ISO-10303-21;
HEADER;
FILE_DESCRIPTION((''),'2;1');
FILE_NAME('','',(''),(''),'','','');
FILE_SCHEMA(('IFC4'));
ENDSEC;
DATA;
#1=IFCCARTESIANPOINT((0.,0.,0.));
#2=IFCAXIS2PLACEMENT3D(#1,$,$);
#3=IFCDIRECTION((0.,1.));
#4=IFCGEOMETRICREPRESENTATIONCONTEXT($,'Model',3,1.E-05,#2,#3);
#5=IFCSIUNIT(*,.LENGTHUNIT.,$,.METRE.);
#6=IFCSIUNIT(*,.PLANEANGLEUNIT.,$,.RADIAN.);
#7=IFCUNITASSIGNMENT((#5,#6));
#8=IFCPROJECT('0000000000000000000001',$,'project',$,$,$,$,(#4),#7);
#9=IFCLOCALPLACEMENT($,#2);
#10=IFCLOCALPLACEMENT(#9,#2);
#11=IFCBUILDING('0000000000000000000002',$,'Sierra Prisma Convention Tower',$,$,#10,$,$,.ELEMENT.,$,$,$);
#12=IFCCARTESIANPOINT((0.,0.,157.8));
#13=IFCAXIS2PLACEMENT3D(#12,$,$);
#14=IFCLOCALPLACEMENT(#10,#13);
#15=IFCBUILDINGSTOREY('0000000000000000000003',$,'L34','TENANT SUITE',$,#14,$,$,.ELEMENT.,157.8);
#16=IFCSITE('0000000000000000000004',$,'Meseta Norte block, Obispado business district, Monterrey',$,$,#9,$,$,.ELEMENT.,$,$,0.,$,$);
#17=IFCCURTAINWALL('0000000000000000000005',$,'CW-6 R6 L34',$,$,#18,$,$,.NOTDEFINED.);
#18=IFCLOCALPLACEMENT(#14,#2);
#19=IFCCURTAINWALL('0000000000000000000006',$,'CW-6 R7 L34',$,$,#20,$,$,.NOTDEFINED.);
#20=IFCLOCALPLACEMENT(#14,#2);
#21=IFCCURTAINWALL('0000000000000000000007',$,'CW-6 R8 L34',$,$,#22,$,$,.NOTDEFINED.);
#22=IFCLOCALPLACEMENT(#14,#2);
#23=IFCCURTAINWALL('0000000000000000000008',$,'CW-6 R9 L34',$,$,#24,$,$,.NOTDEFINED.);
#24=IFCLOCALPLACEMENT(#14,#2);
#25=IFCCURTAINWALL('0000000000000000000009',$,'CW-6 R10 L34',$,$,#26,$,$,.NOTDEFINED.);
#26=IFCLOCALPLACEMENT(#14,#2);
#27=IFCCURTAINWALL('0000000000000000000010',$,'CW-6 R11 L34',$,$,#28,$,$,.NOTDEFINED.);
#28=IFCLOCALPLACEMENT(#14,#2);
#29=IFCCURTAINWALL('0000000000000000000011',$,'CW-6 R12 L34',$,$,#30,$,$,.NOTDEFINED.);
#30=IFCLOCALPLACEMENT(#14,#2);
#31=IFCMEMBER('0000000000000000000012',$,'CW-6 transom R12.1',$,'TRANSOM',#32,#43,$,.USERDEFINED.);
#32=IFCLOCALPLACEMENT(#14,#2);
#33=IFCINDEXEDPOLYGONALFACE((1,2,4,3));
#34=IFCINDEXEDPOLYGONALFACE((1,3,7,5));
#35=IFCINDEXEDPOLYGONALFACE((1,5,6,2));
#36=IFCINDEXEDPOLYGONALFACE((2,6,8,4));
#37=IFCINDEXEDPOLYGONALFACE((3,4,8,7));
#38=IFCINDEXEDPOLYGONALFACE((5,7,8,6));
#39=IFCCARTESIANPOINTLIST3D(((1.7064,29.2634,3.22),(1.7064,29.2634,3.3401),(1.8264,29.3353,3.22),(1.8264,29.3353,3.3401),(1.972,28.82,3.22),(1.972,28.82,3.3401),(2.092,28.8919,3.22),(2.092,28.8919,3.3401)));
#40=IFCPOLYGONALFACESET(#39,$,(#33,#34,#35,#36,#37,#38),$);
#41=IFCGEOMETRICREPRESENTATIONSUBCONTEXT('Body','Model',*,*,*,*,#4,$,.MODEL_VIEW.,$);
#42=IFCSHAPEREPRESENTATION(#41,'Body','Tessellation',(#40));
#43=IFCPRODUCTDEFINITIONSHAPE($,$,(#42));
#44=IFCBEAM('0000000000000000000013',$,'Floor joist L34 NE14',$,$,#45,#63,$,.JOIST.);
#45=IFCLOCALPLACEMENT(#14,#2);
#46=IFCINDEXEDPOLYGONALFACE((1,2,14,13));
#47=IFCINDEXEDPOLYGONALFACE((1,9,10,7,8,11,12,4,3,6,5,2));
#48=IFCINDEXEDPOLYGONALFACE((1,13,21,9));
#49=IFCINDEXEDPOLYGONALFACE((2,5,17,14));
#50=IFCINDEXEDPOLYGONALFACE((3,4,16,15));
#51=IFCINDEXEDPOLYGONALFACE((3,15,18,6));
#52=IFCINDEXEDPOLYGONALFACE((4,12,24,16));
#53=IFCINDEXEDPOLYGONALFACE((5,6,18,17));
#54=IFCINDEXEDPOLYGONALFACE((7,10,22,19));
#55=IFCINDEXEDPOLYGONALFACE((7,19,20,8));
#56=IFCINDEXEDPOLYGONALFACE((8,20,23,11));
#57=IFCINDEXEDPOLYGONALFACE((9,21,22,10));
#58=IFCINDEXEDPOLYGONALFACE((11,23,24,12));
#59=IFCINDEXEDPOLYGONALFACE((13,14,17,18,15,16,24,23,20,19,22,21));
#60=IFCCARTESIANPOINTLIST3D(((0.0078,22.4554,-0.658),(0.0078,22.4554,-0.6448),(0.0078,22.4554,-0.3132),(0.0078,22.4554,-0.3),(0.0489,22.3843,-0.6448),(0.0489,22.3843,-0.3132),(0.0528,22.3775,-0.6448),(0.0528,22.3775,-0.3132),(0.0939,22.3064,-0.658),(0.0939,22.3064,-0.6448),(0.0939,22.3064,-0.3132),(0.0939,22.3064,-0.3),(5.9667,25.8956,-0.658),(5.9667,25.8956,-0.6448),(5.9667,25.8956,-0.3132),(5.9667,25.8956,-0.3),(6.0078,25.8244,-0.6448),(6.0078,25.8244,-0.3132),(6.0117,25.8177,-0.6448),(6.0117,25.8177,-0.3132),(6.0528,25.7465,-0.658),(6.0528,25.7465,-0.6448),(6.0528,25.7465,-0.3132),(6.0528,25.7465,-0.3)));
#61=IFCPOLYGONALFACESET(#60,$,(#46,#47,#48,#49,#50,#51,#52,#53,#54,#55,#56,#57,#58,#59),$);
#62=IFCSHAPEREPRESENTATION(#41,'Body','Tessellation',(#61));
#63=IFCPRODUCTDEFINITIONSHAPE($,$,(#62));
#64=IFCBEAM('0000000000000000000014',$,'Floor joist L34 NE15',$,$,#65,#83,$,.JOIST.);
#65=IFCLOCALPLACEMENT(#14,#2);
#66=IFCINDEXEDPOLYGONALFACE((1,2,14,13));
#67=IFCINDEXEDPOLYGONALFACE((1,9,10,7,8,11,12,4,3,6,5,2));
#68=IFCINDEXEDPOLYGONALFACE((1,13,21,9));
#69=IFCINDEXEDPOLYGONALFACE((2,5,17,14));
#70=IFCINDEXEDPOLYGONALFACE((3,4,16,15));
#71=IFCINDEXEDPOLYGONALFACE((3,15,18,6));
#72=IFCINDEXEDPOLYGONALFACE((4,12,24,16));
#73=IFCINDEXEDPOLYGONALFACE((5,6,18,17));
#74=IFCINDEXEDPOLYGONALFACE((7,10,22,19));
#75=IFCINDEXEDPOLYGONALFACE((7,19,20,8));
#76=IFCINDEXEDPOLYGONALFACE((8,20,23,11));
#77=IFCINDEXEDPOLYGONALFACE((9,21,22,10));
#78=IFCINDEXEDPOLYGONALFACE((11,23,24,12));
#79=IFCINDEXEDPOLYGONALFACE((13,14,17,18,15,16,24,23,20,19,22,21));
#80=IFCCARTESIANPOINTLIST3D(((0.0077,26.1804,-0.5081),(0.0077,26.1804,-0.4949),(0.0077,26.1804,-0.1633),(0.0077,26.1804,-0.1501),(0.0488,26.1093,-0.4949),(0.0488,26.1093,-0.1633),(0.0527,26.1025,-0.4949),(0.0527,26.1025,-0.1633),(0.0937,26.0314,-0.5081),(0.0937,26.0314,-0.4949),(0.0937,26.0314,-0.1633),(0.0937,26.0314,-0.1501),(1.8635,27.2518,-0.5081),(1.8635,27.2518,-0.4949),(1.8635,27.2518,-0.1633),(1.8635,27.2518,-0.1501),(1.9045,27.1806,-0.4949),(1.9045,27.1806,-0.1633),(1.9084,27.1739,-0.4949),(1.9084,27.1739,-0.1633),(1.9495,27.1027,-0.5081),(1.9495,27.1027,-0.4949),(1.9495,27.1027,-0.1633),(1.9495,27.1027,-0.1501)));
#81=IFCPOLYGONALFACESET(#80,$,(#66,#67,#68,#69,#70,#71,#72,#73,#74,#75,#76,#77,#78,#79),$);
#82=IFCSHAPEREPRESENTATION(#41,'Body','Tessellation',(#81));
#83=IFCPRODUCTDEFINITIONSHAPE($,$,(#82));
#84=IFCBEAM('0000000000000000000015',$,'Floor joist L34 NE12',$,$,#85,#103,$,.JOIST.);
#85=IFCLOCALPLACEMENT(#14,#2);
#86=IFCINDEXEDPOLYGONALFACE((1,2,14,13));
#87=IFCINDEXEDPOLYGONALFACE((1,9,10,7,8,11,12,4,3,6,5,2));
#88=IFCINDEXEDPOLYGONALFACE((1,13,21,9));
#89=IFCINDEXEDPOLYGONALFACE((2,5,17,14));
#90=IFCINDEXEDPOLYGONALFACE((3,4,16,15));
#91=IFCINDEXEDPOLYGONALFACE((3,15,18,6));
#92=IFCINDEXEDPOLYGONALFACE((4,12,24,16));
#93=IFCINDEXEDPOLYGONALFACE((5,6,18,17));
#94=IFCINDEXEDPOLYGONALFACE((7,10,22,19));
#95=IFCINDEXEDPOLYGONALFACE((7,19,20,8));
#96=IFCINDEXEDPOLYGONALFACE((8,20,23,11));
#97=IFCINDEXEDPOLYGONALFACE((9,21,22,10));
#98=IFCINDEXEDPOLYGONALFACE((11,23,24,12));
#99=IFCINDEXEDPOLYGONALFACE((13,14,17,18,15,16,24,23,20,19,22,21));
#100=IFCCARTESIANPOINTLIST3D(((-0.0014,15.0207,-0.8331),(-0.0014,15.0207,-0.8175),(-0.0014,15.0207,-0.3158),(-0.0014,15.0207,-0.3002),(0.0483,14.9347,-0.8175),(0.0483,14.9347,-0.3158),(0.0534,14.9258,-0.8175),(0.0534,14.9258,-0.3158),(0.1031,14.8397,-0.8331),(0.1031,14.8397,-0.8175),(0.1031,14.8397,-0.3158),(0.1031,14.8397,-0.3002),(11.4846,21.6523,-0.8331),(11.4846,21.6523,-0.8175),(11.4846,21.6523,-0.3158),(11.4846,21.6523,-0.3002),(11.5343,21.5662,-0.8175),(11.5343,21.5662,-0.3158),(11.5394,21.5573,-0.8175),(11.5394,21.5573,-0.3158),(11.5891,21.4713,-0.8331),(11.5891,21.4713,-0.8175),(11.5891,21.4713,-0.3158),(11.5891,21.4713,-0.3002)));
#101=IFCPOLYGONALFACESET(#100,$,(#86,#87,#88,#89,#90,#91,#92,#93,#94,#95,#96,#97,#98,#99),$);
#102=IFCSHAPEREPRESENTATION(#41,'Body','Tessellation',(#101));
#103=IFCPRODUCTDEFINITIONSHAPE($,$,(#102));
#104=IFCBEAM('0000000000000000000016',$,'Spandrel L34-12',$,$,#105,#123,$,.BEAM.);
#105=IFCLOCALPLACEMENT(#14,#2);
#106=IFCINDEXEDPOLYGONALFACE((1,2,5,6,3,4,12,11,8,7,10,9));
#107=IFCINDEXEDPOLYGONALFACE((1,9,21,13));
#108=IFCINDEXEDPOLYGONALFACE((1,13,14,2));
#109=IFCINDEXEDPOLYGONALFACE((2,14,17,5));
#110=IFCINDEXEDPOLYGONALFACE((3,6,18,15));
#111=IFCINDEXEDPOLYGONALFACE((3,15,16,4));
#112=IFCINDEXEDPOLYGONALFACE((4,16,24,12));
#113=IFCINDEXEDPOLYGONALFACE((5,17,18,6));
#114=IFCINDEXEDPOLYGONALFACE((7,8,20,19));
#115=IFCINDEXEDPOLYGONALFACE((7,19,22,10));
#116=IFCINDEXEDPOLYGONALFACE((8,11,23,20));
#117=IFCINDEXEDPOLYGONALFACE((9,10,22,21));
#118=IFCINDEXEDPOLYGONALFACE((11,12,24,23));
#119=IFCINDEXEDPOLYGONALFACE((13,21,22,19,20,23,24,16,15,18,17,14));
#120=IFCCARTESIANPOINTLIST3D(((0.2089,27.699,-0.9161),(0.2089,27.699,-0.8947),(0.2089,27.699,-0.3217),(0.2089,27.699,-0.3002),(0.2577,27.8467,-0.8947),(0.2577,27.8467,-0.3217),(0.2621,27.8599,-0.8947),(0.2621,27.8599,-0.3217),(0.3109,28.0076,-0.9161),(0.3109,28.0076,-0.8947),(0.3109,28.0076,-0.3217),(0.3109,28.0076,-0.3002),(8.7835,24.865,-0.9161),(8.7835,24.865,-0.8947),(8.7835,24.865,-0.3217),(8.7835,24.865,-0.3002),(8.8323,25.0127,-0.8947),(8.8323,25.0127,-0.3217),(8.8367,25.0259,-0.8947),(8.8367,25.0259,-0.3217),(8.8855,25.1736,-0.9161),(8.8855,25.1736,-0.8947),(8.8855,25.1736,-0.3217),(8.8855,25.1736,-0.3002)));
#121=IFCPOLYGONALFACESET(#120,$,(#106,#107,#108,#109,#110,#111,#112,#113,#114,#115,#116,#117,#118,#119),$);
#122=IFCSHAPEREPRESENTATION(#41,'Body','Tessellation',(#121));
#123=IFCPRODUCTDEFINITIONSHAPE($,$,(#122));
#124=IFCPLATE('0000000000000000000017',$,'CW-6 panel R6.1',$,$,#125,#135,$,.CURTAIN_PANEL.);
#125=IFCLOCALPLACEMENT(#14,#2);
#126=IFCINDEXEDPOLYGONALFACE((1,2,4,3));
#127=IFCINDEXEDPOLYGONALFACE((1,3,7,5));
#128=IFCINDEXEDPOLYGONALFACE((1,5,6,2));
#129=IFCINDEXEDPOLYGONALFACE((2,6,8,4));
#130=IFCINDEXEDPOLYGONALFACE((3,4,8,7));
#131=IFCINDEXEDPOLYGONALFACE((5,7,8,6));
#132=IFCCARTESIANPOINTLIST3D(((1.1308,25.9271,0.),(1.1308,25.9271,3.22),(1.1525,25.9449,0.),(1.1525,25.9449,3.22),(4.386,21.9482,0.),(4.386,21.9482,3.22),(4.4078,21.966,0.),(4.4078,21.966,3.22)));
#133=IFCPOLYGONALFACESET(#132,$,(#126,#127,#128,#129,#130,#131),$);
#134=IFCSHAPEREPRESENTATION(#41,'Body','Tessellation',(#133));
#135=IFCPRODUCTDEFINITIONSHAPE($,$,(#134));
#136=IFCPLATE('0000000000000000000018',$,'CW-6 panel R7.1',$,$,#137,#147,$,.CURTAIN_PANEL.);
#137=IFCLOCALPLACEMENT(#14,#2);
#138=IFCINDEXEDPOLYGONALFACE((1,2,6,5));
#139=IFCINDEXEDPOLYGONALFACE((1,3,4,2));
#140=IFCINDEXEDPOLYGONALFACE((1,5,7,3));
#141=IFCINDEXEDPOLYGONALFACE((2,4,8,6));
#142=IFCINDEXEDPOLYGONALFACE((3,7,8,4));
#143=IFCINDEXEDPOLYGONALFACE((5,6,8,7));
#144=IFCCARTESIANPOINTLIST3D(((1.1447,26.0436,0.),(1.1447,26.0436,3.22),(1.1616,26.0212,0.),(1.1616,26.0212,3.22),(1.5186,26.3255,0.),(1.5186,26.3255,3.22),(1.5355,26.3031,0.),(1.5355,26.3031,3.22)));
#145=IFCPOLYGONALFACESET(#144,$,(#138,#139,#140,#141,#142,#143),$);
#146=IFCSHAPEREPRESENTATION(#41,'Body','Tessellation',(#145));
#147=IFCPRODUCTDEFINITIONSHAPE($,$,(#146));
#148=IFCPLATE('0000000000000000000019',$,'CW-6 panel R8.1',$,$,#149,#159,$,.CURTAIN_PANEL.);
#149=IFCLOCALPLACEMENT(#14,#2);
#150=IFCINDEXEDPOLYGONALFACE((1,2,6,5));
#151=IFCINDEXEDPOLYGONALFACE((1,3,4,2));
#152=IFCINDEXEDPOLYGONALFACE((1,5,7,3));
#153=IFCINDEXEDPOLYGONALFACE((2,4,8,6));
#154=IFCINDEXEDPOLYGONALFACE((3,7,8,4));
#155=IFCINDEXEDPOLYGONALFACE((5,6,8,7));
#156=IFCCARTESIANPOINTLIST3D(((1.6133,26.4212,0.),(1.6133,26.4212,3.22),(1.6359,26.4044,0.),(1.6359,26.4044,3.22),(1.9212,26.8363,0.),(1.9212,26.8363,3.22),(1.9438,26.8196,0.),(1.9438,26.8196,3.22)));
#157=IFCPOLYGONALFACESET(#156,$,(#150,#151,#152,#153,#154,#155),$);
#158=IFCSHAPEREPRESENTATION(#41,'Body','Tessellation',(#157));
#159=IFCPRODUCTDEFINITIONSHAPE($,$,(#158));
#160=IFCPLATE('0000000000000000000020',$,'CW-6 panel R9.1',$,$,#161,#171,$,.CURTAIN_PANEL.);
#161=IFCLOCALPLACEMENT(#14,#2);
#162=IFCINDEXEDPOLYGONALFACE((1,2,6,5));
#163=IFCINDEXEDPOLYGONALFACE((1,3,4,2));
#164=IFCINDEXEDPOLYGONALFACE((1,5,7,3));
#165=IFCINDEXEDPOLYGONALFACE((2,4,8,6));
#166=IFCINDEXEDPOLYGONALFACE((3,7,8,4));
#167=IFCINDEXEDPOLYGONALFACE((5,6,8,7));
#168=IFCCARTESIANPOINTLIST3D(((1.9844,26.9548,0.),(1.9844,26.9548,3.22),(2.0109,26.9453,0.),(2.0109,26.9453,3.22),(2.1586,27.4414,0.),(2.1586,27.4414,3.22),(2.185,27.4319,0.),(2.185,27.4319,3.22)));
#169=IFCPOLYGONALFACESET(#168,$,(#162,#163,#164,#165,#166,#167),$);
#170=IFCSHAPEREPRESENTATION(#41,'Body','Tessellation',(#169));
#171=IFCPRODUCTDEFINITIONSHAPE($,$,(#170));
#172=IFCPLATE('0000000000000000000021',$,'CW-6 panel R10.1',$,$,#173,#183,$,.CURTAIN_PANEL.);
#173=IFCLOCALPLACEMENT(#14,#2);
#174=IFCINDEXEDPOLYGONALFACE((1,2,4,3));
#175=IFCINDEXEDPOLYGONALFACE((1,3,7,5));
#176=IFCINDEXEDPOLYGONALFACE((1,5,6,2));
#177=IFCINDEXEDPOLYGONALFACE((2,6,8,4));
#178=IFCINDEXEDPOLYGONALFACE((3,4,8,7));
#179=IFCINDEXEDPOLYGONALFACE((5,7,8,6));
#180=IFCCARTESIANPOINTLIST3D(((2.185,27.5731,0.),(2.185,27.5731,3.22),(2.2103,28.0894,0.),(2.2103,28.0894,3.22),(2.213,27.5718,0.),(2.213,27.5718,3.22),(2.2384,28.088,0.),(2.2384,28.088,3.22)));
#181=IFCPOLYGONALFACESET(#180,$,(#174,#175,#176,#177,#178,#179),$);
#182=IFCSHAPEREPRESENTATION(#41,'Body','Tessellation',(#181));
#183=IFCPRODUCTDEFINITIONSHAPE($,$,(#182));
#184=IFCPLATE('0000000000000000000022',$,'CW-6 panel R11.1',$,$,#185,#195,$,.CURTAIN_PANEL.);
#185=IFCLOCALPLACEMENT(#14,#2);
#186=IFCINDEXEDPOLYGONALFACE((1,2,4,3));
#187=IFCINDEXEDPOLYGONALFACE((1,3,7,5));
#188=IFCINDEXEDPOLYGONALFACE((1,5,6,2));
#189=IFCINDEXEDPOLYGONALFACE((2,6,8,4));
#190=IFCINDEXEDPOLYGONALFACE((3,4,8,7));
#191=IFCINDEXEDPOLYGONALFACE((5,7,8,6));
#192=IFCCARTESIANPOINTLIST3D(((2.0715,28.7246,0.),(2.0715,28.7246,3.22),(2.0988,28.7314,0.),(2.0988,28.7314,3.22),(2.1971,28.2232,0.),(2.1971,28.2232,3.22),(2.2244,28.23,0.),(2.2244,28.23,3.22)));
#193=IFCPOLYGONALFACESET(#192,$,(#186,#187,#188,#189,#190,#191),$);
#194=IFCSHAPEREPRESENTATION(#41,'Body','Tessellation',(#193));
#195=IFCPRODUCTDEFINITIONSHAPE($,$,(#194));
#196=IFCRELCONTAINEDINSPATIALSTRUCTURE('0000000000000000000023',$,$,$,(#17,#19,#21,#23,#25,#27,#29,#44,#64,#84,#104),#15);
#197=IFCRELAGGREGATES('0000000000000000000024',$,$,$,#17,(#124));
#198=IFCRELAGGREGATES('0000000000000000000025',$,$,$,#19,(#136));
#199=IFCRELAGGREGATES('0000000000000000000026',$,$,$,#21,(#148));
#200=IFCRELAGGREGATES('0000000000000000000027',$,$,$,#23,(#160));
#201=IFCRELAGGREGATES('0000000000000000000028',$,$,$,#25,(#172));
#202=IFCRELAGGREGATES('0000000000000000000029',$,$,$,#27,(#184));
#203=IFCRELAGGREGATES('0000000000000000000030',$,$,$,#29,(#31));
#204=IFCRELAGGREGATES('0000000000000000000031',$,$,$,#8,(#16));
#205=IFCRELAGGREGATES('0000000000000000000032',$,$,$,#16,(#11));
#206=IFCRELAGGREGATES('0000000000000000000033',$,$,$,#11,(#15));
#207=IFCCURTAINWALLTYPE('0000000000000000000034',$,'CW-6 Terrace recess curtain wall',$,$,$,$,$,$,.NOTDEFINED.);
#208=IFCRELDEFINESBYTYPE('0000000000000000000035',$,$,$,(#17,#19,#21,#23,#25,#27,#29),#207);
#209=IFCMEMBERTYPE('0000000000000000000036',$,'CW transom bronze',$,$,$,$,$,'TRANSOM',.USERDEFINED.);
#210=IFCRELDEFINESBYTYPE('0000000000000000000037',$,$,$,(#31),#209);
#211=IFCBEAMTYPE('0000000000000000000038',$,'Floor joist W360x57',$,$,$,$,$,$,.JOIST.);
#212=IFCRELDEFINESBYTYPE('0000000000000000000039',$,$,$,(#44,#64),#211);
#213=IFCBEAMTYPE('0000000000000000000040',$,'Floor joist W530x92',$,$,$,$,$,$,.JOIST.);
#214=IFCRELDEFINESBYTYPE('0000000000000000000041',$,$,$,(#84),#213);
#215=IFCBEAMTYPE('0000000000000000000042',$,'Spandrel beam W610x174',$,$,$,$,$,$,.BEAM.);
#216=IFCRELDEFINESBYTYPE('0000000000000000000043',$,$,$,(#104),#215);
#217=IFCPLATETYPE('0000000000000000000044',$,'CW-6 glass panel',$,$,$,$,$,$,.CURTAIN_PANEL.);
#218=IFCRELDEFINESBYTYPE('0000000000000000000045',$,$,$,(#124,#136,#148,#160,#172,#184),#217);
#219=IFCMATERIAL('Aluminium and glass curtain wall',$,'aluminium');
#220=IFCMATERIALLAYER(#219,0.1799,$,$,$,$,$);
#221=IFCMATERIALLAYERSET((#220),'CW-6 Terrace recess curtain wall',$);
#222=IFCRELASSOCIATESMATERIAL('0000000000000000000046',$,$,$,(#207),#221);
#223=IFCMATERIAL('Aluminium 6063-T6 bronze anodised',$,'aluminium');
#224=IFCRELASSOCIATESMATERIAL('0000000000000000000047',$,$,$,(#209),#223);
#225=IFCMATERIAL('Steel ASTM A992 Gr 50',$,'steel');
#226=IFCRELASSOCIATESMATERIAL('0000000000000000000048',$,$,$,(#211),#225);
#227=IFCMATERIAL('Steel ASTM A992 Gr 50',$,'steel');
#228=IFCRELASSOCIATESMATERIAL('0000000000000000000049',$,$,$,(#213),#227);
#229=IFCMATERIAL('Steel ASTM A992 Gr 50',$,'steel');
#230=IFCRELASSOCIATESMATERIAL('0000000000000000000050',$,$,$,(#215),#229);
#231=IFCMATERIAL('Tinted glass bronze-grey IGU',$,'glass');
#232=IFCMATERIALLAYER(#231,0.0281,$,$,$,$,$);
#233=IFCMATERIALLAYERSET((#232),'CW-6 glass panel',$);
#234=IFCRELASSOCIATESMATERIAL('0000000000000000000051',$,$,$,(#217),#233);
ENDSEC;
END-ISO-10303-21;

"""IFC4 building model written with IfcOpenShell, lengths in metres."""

from ifc_helpers import new_model, si_unit, direction, frame, origin, origin_2d, place, context, subcontext, project, spatial, rectangle, i_section, extrude, material, layer, layer_set, material_profile, profile_set, type_object, element, aggregate, save


model = new_model("IFC4")

# Units and contexts
model_context = context("Model", 3, precision=1e-05, world=origin(), true_north=direction((0.0, 1.0)))
body_context = subcontext(model_context, "Body", "Model", "MODEL_VIEW")
ifc_project = project(units=[si_unit("LENGTHUNIT", "METRE"), si_unit("PLANEANGLEUNIT", "RADIAN")], contexts=[model_context])

# Site, building, storey
site_placement = place(None, origin())
site = spatial("IfcSite", under=ifc_project, at=site_placement, Name="Meseta Norte block, Obispado business district, Monterrey", CompositionType="ELEMENT", RefElevation=0.0)
building_placement = place(site_placement, origin())
building = spatial("IfcBuilding", under=site, at=building_placement, Name="Sierra Prisma Convention Tower", CompositionType="ELEMENT")
storey_placement = place(building_placement, frame((0.0, 0.0, 157.8)))
storey = spatial("IfcBuildingStorey", under=building, at=storey_placement, Name="L34", Description="TENANT SUITE", CompositionType="ELEMENT", Elevation=157.8)

# Curtain walls
ifc_material_1 = material(Name="Aluminium and glass curtain wall", Category="aluminium")
ifc_layer_1 = layer(ifc_material_1, 0.1799)
ifc_layer_set_1 = layer_set([ifc_layer_1], Name="CW-6 Terrace recess curtain wall")
curtain_wall_type = type_object("IfcCurtainWallType", Name="CW-6 Terrace recess curtain wall", PredefinedType="NOTDEFINED", material=ifc_layer_set_1)
curtain_wall_1_placement = place(storey_placement, origin())
curtain_wall_1 = element("IfcCurtainWall", 1, at=curtain_wall_1_placement, inside=storey, type_object=curtain_wall_type, Name="CW-6 R6 L34", PredefinedType="NOTDEFINED")
curtain_wall_2_placement = place(storey_placement, origin())
curtain_wall_2 = element("IfcCurtainWall", 2, at=curtain_wall_2_placement, inside=storey, type_object=curtain_wall_type, Name="CW-6 R7 L34", PredefinedType="NOTDEFINED")
curtain_wall_3_placement = place(storey_placement, origin())
curtain_wall_3 = element("IfcCurtainWall", 3, at=curtain_wall_3_placement, inside=storey, type_object=curtain_wall_type, Name="CW-6 R8 L34", PredefinedType="NOTDEFINED")
curtain_wall_4_placement = place(storey_placement, origin())
curtain_wall_4 = element("IfcCurtainWall", 4, at=curtain_wall_4_placement, inside=storey, type_object=curtain_wall_type, Name="CW-6 R9 L34", PredefinedType="NOTDEFINED")
curtain_wall_5_placement = place(storey_placement, origin())
curtain_wall_5 = element("IfcCurtainWall", 5, at=curtain_wall_5_placement, inside=storey, type_object=curtain_wall_type, Name="CW-6 R10 L34", PredefinedType="NOTDEFINED")
curtain_wall_6_placement = place(storey_placement, origin())
curtain_wall_6 = element("IfcCurtainWall", 6, at=curtain_wall_6_placement, inside=storey, type_object=curtain_wall_type, Name="CW-6 R11 L34", PredefinedType="NOTDEFINED")
curtain_wall_7_placement = place(storey_placement, origin())
curtain_wall_7 = element("IfcCurtainWall", 7, at=curtain_wall_7_placement, inside=storey, type_object=curtain_wall_type, Name="CW-6 R12 L34", PredefinedType="NOTDEFINED")

# Member
ifc_material_2 = material(Name="Aluminium 6063-T6 bronze anodised", Category="aluminium")
ifc_material_profile_1 = material_profile(ifc_material_2, rectangle(XDim=0.1399, YDim=0.1201, at=origin_2d()), Name="ALU TRANSOM 120x140")
ifc_profile_set_1 = profile_set([ifc_material_profile_1], Name="Aluminium 6063-T6 bronze anodised")
member_type_1 = type_object("IfcMemberType", Name="CW transom bronze", ElementType="TRANSOM", PredefinedType="USERDEFINED", material=ifc_profile_set_1)
member_1_placement = place(storey_placement, frame((2.032, 28.856, 3.28), z_axis=(-0.51394, 0.857826, 0.0), x_axis=(-0.857826, -0.51394, 0.0)))
member_1 = element("IfcMember", 8, at=member_1_placement, type_object=member_type_1, Name="CW-6 transom R12.1", ObjectType="TRANSOM", PredefinedType="USERDEFINED", context=body_context, shape_type="SweptSolid", body=[
    extrude(rectangle(XDim=0.1399, YDim=0.1201, at=origin_2d()), origin(), (0.0, 0.0, 1.0), 0.5168),
])

# Beams
ifc_material_3 = material(Name="Steel ASTM A992 Gr 50", Category="steel")
ifc_material_profile_2 = material_profile(ifc_material_3, i_section(OverallWidth=0.1721, OverallDepth=0.3579, WebThickness=0.0078, FlangeThickness=0.0132, at=origin_2d()), Name="W360x57")
ifc_profile_set_2 = profile_set([ifc_material_profile_2], Name="Steel ASTM A992 Gr 50")
beam_type_1 = type_object("IfcBeamType", Name="Floor joist W360x57", PredefinedType="JOIST", material=ifc_profile_set_2)
beam_1_placement = place(storey_placement, frame((6.0098, 25.821, -0.479), z_axis=(-0.86604, -0.499974, 0.0), x_axis=(0.499974, -0.86604, 0.0)))
element("IfcBeam", 9, at=beam_1_placement, inside=storey, type_object=beam_type_1, Name="Floor joist L34 NE14", PredefinedType="JOIST", context=body_context, shape_type="SweptSolid", body=[
    extrude(i_section(OverallWidth=0.1721, OverallDepth=0.3579, WebThickness=0.0078, FlangeThickness=0.0132, at=origin_2d()), origin(), (0.0, 0.0, 1.0), 6.8806),
])
beam_2_placement = place(storey_placement, frame((1.9065, 27.1772, -0.3291), z_axis=(-0.866047, -0.499962, 0.0), x_axis=(0.499962, -0.866047, 0.0)))
element("IfcBeam", 10, at=beam_2_placement, inside=storey, type_object=beam_type_1, Name="Floor joist L34 NE15", PredefinedType="JOIST", context=body_context, shape_type="SweptSolid", body=[
    extrude(i_section(OverallWidth=0.1721, OverallDepth=0.3579, WebThickness=0.0078, FlangeThickness=0.0132, at=origin_2d()), origin(), (0.0, 0.0, 1.0), 2.1428),
])
ifc_material_4 = material(Name="Steel ASTM A992 Gr 50", Category="steel")
ifc_material_profile_3 = material_profile(ifc_material_4, i_section(OverallWidth=0.209, OverallDepth=0.533, WebThickness=0.0103, FlangeThickness=0.0156, at=origin_2d()), Name="W530x92")
ifc_profile_set_3 = profile_set([ifc_material_profile_3], Name="Steel ASTM A992 Gr 50")
beam_type_2 = type_object("IfcBeamType", Name="Floor joist W530x92", PredefinedType="JOIST", material=ifc_profile_set_3)
beam_3_placement = place(storey_placement, frame((11.5369, 21.5618, -0.5667), z_axis=(-0.866022, -0.500006, 0.0), x_axis=(0.500006, -0.866022, 0.0)))
element("IfcBeam", 11, at=beam_3_placement, inside=storey, type_object=beam_type_2, Name="Floor joist L34 NE12", PredefinedType="JOIST", context=body_context, shape_type="SweptSolid", body=[
    extrude(i_section(OverallWidth=0.209, OverallDepth=0.533, WebThickness=0.0103, FlangeThickness=0.0156, at=origin_2d()), origin(), (0.0, 0.0, 1.0), 13.2629),
])
ifc_material_5 = material(Name="Steel ASTM A992 Gr 50", Category="steel")
ifc_material_profile_4 = material_profile(ifc_material_5, i_section(OverallWidth=0.325, OverallDepth=0.616, WebThickness=0.0139, FlangeThickness=0.0215, at=origin_2d()), Name="W610x174")
ifc_profile_set_4 = profile_set([ifc_material_profile_4], Name="Steel ASTM A992 Gr 50")
beam_type_3 = type_object("IfcBeamType", Name="Spandrel beam W610x174", PredefinedType="BEAM", material=ifc_profile_set_4)
beam_4_placement = place(storey_placement, frame((8.8345, 25.0193, -0.6082), z_axis=(-0.949483, 0.313818, 0.0), x_axis=(-0.313818, -0.949483, 0.0)))
element("IfcBeam", 12, at=beam_4_placement, inside=storey, type_object=beam_type_3, Name="Spandrel L34-12", PredefinedType="BEAM", context=body_context, shape_type="SweptSolid", body=[
    extrude(i_section(OverallWidth=0.325, OverallDepth=0.616, WebThickness=0.0139, FlangeThickness=0.0215, at=origin_2d()), origin(), (0.0, 0.0, 1.0), 9.0308),
])

# Plates
ifc_material_6 = material(Name="Tinted glass bronze-grey IGU", Category="glass")
ifc_layer_2 = layer(ifc_material_6, 0.0281)
ifc_layer_set_2 = layer_set([ifc_layer_2], Name="CW-6 glass panel")
plate_type = type_object("IfcPlateType", Name="CW-6 glass panel", PredefinedType="CURTAIN_PANEL", material=ifc_layer_set_2)
plate_1_placement = place(storey_placement, frame((2.7693, 23.9465, 0.0), z_axis=(0.0, 0.0, 1.0), x_axis=(-0.633211, 0.773979, 0.0)))
plate_1 = element("IfcPlate", 13, at=plate_1_placement, type_object=plate_type, Name="CW-6 panel R6.1", PredefinedType="CURTAIN_PANEL", context=body_context, shape_type="SweptSolid", body=[
    extrude(rectangle(XDim=5.1409, YDim=0.0281, at=origin_2d()), origin(), (0.0, 0.0, 1.0), 3.22),
])
aggregate(curtain_wall_1, [plate_1])
plate_2_placement = place(storey_placement, frame((1.3401, 26.1733, 0.0), z_axis=(0.0, 0.0, 1.0), x_axis=(0.798477, 0.602026, 0.0)))
plate_2 = element("IfcPlate", 14, at=plate_2_placement, type_object=plate_type, Name="CW-6 panel R7.1", PredefinedType="CURTAIN_PANEL", context=body_context, shape_type="SweptSolid", body=[
    extrude(rectangle(XDim=0.4683, YDim=0.0281, at=origin_2d()), origin(), (0.0, 0.0, 1.0), 3.22),
])
aggregate(curtain_wall_2, [plate_2])
plate_3_placement = place(storey_placement, frame((1.7786, 26.6204, 0.0), z_axis=(0.0, 0.0, 1.0), x_axis=(0.595699, 0.803208, 0.0)))
plate_3 = element("IfcPlate", 15, at=plate_3_placement, type_object=plate_type, Name="CW-6 panel R8.1", PredefinedType="CURTAIN_PANEL", context=body_context, shape_type="SweptSolid", body=[
    extrude(rectangle(XDim=0.5168, YDim=0.0281, at=origin_2d()), origin(), (0.0, 0.0, 1.0), 3.22),
])
aggregate(curtain_wall_3, [plate_3])
plate_4_placement = place(storey_placement, frame((2.0847, 27.1934, 0.0), z_axis=(0.0, 0.0, 1.0), x_axis=(0.33689, 0.941544, 0.0)))
plate_4 = element("IfcPlate", 16, at=plate_4_placement, type_object=plate_type, Name="CW-6 panel R9.1", PredefinedType="CURTAIN_PANEL", context=body_context, shape_type="SweptSolid", body=[
    extrude(rectangle(XDim=0.5168, YDim=0.0281, at=origin_2d()), origin(), (0.0, 0.0, 1.0), 3.22),
])
aggregate(curtain_wall_4, [plate_4])
plate_5_placement = place(storey_placement, frame((2.2117, 27.8306, 0.0), z_axis=(0.0, 0.0, 1.0), x_axis=(0.049068, 0.998795, 0.0)))
plate_5 = element("IfcPlate", 17, at=plate_5_placement, type_object=plate_type, Name="CW-6 panel R10.1", PredefinedType="CURTAIN_PANEL", context=body_context, shape_type="SweptSolid", body=[
    extrude(rectangle(XDim=0.5168, YDim=0.0281, at=origin_2d()), origin(), (0.0, 0.0, 1.0), 3.22),
])
aggregate(curtain_wall_5, [plate_5])
plate_6_placement = place(storey_placement, frame((2.1479, 28.4773, 0.0), z_axis=(0.0, 0.0, 1.0), x_axis=(-0.24298, 0.970031, 0.0)))
plate_6 = element("IfcPlate", 18, at=plate_6_placement, type_object=plate_type, Name="CW-6 panel R11.1", PredefinedType="CURTAIN_PANEL", context=body_context, shape_type="SweptSolid", body=[
    extrude(rectangle(XDim=0.5168, YDim=0.0281, at=origin_2d()), origin(), (0.0, 0.0, 1.0), 3.22),
])
aggregate(curtain_wall_6, [plate_6])
aggregate(curtain_wall_7, [member_1])

save(model, "model.ifc")
